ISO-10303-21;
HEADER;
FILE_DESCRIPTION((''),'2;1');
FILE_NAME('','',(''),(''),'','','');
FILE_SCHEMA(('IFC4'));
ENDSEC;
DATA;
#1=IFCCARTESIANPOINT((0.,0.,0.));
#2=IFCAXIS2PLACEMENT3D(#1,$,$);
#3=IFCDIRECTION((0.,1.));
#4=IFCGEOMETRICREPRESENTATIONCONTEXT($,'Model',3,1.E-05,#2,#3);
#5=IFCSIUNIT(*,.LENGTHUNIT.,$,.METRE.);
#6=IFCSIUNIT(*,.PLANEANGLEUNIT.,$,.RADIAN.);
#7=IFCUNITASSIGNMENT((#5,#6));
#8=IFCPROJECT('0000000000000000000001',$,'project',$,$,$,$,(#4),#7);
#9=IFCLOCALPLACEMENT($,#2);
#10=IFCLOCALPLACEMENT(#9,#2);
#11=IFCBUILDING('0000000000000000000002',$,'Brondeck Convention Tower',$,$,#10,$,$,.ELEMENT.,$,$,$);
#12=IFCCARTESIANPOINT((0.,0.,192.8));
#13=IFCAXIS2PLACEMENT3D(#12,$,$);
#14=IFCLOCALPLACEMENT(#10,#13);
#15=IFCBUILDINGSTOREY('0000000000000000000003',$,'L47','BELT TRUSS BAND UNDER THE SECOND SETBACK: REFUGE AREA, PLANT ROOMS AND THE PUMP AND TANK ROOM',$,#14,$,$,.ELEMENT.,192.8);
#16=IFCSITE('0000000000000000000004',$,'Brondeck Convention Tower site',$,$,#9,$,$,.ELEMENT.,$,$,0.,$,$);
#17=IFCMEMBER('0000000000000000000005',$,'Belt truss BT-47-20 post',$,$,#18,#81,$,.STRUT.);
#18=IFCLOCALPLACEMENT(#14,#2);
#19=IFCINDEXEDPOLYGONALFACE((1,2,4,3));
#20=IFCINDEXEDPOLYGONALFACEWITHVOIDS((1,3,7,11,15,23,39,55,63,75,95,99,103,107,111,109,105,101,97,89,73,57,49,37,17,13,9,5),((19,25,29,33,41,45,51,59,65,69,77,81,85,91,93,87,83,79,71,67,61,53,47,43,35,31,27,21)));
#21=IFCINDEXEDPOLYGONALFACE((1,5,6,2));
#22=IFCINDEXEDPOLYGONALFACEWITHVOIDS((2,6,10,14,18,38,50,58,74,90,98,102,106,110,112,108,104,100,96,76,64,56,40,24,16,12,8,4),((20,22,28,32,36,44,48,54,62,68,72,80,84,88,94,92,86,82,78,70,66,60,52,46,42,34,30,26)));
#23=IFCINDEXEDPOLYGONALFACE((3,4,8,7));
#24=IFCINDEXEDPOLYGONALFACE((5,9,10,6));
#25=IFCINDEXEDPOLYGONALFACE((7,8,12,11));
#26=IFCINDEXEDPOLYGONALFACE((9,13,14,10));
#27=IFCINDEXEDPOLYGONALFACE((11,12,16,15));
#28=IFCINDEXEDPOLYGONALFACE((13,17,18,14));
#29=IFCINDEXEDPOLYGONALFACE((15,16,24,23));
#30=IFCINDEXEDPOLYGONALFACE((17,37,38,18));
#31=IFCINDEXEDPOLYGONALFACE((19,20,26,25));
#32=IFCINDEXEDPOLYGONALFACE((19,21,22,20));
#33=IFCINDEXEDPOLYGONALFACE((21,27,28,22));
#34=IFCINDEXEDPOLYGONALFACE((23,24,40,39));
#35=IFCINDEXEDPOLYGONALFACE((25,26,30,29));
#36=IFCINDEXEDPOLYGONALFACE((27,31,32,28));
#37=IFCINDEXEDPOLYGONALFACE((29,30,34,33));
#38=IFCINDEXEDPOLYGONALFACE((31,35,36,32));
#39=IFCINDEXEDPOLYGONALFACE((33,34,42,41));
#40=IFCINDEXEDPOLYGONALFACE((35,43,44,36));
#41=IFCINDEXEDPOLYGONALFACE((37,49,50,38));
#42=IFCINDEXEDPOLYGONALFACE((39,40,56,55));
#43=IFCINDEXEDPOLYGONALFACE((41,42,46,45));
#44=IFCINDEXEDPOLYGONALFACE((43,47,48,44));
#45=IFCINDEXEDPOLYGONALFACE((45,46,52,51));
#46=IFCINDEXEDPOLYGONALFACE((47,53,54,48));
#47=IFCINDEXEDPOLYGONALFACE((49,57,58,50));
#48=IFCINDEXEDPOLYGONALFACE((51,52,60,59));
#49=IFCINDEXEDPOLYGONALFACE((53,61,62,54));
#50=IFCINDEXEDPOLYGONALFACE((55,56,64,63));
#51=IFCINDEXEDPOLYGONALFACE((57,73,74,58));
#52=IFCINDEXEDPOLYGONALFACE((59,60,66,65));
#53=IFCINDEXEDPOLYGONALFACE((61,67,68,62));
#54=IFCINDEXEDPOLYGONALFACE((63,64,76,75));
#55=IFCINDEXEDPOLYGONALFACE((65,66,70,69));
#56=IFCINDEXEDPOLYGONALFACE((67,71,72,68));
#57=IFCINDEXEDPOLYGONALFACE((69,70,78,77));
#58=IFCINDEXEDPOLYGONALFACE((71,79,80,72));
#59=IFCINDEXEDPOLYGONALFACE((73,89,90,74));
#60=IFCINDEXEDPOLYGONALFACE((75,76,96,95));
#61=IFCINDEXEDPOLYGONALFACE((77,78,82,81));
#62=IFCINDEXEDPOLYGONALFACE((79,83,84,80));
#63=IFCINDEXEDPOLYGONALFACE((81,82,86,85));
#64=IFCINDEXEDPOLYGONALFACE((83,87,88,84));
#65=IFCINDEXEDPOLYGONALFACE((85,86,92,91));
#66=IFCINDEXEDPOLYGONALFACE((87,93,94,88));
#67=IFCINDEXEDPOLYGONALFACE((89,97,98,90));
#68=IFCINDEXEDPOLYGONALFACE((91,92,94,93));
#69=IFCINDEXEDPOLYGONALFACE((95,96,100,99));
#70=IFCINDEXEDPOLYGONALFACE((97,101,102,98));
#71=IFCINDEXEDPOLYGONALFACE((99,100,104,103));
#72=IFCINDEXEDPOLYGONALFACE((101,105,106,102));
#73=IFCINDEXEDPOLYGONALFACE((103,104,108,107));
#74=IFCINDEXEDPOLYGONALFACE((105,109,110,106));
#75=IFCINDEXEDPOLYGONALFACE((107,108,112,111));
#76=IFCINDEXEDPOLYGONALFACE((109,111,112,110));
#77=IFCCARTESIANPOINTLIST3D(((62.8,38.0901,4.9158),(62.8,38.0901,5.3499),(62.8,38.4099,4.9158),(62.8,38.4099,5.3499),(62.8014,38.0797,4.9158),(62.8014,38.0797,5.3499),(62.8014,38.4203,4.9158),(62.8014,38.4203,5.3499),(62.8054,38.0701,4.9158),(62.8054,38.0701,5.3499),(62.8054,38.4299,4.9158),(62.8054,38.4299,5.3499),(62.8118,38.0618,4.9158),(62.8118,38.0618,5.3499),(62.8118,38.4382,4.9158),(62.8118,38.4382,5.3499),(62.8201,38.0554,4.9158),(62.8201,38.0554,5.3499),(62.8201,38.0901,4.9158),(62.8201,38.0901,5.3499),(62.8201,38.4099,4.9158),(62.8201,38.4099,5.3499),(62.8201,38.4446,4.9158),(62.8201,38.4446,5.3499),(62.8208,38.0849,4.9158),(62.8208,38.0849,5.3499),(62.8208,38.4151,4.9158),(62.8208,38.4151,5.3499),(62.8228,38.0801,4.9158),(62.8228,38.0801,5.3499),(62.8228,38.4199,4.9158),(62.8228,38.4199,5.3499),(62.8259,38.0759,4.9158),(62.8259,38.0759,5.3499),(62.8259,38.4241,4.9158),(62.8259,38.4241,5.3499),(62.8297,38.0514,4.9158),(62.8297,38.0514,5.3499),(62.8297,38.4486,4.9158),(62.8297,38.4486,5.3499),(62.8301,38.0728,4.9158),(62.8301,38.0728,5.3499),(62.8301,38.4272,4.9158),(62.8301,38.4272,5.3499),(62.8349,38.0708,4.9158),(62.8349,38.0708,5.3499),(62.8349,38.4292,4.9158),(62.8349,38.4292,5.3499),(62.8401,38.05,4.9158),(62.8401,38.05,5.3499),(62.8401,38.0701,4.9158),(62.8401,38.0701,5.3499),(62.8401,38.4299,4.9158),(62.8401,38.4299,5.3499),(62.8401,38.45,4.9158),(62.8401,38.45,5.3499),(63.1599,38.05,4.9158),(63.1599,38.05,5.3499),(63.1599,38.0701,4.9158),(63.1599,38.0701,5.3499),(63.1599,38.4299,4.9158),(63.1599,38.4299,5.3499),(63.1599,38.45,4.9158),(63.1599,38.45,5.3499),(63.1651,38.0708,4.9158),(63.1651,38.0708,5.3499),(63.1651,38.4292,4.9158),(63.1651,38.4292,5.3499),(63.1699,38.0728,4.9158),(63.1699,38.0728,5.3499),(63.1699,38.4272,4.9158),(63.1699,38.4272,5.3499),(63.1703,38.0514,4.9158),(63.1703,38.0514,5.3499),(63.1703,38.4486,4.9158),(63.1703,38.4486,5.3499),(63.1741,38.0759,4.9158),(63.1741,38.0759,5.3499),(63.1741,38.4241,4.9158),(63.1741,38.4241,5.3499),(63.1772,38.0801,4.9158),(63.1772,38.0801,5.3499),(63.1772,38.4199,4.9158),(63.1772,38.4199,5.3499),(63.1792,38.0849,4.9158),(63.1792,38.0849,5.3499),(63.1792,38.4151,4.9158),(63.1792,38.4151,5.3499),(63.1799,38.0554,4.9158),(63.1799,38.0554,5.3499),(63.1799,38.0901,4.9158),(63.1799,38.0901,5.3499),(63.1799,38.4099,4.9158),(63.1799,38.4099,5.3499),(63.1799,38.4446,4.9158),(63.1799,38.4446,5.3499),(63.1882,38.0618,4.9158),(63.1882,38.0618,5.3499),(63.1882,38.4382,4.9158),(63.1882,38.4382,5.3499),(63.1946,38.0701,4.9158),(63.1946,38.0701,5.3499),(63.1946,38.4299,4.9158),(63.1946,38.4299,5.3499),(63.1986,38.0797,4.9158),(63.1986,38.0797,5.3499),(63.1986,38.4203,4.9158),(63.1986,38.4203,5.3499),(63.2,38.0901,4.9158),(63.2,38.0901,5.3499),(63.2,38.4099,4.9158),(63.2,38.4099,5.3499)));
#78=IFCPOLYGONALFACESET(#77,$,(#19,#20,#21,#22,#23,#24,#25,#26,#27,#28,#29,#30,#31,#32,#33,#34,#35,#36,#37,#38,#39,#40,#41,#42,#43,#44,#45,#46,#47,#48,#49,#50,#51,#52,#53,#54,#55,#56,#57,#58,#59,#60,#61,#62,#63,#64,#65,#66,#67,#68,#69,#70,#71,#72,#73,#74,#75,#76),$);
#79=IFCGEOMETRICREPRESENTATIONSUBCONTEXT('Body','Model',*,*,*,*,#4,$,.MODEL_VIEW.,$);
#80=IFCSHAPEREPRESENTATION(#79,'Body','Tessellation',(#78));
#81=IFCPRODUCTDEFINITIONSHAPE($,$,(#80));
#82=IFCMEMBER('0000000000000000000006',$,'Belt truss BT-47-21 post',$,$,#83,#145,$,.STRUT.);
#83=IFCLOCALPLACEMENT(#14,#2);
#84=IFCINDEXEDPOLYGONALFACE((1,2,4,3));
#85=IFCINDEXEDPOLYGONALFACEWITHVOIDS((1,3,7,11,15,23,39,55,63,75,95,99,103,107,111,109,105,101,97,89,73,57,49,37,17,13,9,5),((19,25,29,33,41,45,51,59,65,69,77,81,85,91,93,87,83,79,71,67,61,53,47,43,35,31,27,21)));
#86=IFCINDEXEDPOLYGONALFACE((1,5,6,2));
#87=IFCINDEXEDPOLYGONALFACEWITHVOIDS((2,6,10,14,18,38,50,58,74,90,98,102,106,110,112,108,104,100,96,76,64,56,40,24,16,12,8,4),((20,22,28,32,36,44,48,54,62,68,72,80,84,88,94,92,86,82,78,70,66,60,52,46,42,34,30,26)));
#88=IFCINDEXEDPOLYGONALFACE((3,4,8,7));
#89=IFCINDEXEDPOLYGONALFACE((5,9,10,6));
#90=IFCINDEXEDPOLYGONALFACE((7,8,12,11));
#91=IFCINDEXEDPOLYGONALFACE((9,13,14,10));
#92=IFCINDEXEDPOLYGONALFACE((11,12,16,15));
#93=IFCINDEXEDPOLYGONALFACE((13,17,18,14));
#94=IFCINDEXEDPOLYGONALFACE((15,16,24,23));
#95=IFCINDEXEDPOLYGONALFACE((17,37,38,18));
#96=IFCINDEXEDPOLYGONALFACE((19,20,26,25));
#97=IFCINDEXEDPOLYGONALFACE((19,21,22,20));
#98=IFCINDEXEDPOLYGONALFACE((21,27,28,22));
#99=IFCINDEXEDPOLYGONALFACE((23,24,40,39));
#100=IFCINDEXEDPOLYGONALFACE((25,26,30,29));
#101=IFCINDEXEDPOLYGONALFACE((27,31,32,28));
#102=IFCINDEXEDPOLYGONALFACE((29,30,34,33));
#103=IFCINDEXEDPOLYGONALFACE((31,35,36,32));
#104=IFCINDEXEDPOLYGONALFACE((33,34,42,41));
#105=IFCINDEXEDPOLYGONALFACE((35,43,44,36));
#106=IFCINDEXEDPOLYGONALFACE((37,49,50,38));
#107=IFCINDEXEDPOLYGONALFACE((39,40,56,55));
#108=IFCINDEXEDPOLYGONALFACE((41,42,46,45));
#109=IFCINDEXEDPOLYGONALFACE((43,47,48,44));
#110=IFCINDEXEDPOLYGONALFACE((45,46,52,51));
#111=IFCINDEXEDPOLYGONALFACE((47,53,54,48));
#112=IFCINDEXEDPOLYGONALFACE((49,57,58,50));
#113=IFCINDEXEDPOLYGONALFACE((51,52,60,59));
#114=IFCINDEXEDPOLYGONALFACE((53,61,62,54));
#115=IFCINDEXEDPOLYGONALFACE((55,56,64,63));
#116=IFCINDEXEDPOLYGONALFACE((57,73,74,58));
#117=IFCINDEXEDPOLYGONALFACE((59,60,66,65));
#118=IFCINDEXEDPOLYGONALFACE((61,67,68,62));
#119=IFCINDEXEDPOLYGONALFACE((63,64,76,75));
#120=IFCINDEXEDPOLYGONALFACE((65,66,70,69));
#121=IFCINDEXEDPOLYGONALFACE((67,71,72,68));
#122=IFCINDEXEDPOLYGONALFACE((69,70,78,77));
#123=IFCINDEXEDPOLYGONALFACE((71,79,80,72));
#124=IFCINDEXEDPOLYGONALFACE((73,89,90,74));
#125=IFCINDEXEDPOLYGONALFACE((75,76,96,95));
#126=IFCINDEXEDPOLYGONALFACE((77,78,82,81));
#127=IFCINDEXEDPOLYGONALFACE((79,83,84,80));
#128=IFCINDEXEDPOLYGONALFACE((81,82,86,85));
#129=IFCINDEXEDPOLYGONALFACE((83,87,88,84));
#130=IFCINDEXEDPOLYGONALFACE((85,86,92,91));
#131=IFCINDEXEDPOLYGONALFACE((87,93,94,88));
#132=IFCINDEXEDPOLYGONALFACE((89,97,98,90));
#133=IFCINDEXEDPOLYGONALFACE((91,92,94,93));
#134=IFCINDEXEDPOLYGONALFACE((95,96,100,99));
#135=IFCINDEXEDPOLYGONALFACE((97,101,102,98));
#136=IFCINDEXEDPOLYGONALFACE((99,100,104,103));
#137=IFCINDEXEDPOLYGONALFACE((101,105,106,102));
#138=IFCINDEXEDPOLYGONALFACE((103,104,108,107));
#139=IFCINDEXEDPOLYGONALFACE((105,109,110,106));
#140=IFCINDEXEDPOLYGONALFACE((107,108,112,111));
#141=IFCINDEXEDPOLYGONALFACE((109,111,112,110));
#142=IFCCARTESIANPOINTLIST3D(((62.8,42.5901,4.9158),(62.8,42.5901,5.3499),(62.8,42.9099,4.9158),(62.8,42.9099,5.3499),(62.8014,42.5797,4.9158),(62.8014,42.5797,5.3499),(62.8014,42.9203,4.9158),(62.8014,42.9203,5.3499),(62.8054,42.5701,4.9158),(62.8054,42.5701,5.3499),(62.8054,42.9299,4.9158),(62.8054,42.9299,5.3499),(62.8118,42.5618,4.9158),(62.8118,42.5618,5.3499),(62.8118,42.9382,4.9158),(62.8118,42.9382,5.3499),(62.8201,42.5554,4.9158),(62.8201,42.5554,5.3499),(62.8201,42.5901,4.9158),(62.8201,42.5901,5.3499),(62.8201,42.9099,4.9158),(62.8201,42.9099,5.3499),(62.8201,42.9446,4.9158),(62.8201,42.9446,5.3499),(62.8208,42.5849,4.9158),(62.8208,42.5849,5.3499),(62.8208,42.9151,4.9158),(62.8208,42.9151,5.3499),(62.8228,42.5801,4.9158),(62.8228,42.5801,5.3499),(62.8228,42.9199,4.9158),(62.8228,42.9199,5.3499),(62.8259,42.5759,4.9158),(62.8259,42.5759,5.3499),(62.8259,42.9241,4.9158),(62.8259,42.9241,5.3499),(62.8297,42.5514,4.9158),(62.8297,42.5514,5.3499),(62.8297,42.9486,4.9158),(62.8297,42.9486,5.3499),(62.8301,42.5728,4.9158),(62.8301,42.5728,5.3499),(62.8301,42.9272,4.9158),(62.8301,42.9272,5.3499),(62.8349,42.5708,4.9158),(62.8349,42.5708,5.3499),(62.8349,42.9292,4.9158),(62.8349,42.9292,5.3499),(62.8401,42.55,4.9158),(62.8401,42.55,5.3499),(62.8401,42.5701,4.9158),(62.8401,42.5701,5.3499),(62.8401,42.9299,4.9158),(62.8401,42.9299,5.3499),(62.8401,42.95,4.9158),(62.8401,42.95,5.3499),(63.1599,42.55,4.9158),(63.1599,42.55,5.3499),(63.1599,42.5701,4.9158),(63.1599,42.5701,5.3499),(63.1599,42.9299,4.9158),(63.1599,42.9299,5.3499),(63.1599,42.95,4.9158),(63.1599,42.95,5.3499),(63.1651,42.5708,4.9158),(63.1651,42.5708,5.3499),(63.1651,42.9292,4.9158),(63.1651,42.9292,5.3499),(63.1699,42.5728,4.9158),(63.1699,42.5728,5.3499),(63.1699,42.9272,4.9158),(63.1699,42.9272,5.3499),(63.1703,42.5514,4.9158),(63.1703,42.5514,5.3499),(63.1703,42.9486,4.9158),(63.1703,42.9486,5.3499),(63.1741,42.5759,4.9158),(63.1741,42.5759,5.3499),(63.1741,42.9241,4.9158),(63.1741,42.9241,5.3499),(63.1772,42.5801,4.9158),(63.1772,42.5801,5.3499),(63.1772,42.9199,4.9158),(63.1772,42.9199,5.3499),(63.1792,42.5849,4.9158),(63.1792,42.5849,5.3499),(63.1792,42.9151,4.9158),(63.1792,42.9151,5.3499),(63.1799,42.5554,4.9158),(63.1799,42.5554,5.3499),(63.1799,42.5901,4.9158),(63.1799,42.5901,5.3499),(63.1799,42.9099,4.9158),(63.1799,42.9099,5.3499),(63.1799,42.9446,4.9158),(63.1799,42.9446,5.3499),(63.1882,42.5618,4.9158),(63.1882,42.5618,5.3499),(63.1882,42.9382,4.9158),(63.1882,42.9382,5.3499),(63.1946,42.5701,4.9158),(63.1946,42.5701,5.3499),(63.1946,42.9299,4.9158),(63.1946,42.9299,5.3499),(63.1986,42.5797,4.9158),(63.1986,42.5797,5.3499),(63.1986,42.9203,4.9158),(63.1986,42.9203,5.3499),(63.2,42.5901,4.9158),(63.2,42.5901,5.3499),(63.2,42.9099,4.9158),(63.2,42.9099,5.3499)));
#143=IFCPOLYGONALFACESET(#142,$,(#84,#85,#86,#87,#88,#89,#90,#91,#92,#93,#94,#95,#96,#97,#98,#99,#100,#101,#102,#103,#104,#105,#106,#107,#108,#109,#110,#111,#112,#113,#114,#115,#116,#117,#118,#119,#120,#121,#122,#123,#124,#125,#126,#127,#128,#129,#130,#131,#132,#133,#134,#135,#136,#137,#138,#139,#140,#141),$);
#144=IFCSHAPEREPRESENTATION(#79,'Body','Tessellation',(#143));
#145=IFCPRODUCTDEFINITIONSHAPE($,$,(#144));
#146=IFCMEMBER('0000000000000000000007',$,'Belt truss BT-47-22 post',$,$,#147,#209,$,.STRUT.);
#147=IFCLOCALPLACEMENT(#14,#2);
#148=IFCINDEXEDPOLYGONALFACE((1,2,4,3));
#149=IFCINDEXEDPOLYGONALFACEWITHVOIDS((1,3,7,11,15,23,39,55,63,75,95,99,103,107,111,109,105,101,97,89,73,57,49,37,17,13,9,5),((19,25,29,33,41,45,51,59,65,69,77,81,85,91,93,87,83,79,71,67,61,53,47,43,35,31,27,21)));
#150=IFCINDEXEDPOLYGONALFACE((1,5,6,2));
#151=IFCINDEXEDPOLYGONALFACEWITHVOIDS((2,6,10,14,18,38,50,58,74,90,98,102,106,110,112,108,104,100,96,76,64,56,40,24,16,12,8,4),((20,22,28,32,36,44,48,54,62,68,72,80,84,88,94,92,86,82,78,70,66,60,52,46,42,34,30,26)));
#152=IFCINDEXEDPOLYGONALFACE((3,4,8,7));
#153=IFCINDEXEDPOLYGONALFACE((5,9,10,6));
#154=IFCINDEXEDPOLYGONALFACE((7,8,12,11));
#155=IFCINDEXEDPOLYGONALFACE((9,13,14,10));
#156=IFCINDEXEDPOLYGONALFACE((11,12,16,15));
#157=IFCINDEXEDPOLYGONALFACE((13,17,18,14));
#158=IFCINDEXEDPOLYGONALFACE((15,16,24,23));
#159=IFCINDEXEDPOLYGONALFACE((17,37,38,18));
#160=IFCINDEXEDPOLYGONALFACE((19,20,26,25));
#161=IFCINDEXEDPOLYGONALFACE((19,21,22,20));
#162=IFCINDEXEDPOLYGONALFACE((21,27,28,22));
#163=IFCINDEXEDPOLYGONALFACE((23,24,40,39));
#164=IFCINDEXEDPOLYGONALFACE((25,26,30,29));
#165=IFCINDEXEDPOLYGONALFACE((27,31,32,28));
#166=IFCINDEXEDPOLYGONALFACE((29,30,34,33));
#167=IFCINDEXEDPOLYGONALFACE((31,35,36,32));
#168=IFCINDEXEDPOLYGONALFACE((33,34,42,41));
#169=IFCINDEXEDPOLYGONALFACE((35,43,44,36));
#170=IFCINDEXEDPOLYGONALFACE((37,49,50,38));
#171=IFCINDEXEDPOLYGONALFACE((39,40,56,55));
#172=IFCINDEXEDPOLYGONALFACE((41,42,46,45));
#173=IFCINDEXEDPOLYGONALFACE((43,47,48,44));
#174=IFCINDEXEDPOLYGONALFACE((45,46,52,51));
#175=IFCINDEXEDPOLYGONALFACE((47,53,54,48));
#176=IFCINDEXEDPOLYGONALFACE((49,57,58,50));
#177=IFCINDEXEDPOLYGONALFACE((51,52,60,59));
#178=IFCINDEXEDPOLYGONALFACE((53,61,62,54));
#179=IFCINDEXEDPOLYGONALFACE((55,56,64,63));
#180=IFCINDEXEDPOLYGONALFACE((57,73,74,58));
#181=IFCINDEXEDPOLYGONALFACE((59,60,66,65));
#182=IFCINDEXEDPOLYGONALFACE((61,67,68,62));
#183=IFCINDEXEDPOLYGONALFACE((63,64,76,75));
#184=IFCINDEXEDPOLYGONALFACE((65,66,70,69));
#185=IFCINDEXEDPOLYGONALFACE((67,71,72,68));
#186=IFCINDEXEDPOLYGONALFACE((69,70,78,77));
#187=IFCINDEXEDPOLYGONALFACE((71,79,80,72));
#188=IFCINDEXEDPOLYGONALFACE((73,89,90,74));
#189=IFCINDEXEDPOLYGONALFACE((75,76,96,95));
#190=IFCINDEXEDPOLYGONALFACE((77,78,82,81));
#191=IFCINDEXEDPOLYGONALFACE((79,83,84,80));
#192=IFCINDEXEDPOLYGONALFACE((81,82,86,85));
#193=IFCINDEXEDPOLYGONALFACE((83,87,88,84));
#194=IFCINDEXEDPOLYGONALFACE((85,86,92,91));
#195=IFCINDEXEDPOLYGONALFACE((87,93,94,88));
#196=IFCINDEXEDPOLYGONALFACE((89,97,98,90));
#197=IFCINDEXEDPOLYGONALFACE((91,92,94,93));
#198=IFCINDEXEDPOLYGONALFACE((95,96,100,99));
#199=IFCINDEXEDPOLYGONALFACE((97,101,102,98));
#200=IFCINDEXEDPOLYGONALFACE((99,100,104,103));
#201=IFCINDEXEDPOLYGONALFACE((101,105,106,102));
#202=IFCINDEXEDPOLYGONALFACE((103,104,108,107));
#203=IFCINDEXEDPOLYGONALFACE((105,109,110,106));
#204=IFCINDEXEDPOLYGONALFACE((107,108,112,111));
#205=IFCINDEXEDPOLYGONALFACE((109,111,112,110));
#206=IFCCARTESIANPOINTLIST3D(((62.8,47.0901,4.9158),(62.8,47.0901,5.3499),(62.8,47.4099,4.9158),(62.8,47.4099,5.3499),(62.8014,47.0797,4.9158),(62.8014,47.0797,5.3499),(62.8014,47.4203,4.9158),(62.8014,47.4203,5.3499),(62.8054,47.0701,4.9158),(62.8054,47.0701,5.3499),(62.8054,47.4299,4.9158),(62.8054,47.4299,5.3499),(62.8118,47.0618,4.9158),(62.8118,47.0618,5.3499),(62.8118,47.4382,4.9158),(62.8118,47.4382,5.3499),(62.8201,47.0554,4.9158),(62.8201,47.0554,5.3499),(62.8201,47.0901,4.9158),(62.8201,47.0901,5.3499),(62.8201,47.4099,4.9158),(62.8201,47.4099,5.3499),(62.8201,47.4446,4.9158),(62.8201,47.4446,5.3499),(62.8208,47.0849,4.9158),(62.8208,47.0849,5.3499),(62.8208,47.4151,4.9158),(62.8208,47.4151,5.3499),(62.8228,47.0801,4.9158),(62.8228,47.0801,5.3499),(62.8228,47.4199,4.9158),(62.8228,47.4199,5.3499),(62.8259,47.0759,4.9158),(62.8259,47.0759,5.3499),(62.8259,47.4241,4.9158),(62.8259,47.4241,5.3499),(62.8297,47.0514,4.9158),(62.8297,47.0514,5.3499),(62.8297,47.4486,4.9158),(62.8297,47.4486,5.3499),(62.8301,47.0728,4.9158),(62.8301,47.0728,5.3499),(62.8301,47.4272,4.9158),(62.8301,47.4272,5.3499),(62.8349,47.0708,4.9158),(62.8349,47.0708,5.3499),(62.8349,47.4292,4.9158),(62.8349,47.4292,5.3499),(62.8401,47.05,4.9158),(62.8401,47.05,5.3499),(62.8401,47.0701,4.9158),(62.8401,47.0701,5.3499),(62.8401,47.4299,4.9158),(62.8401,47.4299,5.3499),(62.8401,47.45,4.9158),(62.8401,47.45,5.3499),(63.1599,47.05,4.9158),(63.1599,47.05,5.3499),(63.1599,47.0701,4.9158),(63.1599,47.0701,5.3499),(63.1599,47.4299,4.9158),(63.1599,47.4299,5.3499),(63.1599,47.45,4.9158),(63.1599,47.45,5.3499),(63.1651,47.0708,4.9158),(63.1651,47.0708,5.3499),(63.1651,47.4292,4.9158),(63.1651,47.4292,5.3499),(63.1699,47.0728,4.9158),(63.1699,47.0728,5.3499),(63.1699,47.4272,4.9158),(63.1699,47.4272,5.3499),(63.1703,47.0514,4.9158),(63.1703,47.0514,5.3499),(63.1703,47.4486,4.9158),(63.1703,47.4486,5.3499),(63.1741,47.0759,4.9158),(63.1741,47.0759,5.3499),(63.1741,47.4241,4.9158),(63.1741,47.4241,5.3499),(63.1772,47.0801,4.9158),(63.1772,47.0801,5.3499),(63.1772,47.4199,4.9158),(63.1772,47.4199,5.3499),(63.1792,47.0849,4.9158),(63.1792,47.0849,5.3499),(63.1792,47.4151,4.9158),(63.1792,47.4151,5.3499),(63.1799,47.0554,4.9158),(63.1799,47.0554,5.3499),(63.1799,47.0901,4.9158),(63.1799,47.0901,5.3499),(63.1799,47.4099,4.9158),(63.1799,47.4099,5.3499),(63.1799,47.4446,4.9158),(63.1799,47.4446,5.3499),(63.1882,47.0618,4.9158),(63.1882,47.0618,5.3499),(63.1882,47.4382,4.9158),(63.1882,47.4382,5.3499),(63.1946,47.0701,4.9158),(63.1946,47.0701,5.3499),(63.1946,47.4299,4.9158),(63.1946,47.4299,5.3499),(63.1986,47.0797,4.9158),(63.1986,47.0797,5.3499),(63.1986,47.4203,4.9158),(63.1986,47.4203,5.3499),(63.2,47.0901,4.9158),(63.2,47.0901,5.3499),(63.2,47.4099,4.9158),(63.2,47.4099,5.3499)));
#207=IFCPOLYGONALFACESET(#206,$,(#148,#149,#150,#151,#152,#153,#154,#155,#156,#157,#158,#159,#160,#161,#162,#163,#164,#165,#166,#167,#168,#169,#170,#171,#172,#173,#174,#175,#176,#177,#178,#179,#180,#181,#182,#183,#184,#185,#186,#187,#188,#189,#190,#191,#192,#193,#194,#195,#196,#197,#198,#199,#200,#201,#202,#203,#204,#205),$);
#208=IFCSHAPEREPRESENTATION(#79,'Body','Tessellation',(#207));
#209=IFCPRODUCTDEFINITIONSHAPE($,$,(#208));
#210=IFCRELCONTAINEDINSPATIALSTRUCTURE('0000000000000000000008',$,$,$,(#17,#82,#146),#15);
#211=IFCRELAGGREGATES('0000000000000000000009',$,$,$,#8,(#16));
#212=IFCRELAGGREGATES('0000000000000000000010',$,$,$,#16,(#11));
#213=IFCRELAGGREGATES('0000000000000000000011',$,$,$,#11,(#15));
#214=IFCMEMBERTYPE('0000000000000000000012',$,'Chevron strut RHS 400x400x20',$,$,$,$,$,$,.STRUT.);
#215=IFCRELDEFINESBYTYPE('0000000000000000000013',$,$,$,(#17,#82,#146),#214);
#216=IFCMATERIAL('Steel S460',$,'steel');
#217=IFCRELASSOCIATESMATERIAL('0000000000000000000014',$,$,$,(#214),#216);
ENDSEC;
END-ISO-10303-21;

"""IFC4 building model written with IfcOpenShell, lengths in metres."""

from ifc_helpers import new_model, si_unit, direction, frame, origin, origin_2d, place, context, subcontext, project, spatial, hollow_rectangle, extrude, material, material_profile, profile_set, type_object, element, save


model = new_model("IFC4")

# Units and contexts
model_context = context("Model", 3, precision=1e-05, world=origin(), true_north=direction((0.0, 1.0)))
body_context = subcontext(model_context, "Body", "Model", "MODEL_VIEW")
ifc_project = project(units=[si_unit("LENGTHUNIT", "METRE"), si_unit("PLANEANGLEUNIT", "RADIAN")], contexts=[model_context])

# Site, building, storey
site_placement = place(None, origin())
site = spatial("IfcSite", under=ifc_project, at=site_placement, Name="Brondeck Convention Tower site", CompositionType="ELEMENT", RefElevation=0.0)
building_placement = place(site_placement, origin())
building = spatial("IfcBuilding", under=site, at=building_placement, Name="Brondeck Convention Tower", CompositionType="ELEMENT")
storey_placement = place(building_placement, frame((0.0, 0.0, 192.8)))
storey = spatial("IfcBuildingStorey", under=building, at=storey_placement, Name="L47", Description="BELT TRUSS BAND UNDER THE SECOND SETBACK: REFUGE AREA, PLANT ROOMS AND THE PUMP AND TANK ROOM", CompositionType="ELEMENT", Elevation=192.8)

# Members
ifc_material_1 = material(Name="Steel S460", Category="steel")
ifc_material_profile_1 = material_profile(ifc_material_1, hollow_rectangle(XDim=0.3999, YDim=0.3999, WallThickness=0.02, InnerFilletRadius=0.02, OuterFilletRadius=0.04, at=origin_2d()), Name="RHS 400x400x20")
ifc_profile_set_1 = profile_set([ifc_material_profile_1], Name="Steel S460")
member_type_1 = type_object("IfcMemberType", Name="Chevron strut RHS 400x400x20", PredefinedType="STRUT", material=ifc_profile_set_1)
for number, where, z_axis, x_axis, name in (
    (1, (63.0, 38.25, 4.9158), (0.0, 0.0, 1.0), (1.0, 0.0, 0.0), "Belt truss BT-47-20 post"),
    (2, (63.0, 42.75, 4.9158), (0.0, 0.0, 1.0), (1.0, 0.0, 0.0), "Belt truss BT-47-21 post"),
    (3, (63.0, 47.25, 4.9158), (0.0, 0.0, 1.0), (1.0, 0.0, 0.0), "Belt truss BT-47-22 post"),
):
    element("IfcMember", number, at=place(storey_placement, frame(where, z_axis=z_axis, x_axis=x_axis)), inside=storey, type_object=member_type_1, Name=name, PredefinedType="STRUT", context=body_context, shape_type="SweptSolid", body=[
        extrude(hollow_rectangle(XDim=0.3999, YDim=0.3999, WallThickness=0.02, InnerFilletRadius=0.02, OuterFilletRadius=0.04, at=origin_2d()), origin(), (0.0, 0.0, 1.0), 0.4341),
    ])

save(model, "model.ifc")
